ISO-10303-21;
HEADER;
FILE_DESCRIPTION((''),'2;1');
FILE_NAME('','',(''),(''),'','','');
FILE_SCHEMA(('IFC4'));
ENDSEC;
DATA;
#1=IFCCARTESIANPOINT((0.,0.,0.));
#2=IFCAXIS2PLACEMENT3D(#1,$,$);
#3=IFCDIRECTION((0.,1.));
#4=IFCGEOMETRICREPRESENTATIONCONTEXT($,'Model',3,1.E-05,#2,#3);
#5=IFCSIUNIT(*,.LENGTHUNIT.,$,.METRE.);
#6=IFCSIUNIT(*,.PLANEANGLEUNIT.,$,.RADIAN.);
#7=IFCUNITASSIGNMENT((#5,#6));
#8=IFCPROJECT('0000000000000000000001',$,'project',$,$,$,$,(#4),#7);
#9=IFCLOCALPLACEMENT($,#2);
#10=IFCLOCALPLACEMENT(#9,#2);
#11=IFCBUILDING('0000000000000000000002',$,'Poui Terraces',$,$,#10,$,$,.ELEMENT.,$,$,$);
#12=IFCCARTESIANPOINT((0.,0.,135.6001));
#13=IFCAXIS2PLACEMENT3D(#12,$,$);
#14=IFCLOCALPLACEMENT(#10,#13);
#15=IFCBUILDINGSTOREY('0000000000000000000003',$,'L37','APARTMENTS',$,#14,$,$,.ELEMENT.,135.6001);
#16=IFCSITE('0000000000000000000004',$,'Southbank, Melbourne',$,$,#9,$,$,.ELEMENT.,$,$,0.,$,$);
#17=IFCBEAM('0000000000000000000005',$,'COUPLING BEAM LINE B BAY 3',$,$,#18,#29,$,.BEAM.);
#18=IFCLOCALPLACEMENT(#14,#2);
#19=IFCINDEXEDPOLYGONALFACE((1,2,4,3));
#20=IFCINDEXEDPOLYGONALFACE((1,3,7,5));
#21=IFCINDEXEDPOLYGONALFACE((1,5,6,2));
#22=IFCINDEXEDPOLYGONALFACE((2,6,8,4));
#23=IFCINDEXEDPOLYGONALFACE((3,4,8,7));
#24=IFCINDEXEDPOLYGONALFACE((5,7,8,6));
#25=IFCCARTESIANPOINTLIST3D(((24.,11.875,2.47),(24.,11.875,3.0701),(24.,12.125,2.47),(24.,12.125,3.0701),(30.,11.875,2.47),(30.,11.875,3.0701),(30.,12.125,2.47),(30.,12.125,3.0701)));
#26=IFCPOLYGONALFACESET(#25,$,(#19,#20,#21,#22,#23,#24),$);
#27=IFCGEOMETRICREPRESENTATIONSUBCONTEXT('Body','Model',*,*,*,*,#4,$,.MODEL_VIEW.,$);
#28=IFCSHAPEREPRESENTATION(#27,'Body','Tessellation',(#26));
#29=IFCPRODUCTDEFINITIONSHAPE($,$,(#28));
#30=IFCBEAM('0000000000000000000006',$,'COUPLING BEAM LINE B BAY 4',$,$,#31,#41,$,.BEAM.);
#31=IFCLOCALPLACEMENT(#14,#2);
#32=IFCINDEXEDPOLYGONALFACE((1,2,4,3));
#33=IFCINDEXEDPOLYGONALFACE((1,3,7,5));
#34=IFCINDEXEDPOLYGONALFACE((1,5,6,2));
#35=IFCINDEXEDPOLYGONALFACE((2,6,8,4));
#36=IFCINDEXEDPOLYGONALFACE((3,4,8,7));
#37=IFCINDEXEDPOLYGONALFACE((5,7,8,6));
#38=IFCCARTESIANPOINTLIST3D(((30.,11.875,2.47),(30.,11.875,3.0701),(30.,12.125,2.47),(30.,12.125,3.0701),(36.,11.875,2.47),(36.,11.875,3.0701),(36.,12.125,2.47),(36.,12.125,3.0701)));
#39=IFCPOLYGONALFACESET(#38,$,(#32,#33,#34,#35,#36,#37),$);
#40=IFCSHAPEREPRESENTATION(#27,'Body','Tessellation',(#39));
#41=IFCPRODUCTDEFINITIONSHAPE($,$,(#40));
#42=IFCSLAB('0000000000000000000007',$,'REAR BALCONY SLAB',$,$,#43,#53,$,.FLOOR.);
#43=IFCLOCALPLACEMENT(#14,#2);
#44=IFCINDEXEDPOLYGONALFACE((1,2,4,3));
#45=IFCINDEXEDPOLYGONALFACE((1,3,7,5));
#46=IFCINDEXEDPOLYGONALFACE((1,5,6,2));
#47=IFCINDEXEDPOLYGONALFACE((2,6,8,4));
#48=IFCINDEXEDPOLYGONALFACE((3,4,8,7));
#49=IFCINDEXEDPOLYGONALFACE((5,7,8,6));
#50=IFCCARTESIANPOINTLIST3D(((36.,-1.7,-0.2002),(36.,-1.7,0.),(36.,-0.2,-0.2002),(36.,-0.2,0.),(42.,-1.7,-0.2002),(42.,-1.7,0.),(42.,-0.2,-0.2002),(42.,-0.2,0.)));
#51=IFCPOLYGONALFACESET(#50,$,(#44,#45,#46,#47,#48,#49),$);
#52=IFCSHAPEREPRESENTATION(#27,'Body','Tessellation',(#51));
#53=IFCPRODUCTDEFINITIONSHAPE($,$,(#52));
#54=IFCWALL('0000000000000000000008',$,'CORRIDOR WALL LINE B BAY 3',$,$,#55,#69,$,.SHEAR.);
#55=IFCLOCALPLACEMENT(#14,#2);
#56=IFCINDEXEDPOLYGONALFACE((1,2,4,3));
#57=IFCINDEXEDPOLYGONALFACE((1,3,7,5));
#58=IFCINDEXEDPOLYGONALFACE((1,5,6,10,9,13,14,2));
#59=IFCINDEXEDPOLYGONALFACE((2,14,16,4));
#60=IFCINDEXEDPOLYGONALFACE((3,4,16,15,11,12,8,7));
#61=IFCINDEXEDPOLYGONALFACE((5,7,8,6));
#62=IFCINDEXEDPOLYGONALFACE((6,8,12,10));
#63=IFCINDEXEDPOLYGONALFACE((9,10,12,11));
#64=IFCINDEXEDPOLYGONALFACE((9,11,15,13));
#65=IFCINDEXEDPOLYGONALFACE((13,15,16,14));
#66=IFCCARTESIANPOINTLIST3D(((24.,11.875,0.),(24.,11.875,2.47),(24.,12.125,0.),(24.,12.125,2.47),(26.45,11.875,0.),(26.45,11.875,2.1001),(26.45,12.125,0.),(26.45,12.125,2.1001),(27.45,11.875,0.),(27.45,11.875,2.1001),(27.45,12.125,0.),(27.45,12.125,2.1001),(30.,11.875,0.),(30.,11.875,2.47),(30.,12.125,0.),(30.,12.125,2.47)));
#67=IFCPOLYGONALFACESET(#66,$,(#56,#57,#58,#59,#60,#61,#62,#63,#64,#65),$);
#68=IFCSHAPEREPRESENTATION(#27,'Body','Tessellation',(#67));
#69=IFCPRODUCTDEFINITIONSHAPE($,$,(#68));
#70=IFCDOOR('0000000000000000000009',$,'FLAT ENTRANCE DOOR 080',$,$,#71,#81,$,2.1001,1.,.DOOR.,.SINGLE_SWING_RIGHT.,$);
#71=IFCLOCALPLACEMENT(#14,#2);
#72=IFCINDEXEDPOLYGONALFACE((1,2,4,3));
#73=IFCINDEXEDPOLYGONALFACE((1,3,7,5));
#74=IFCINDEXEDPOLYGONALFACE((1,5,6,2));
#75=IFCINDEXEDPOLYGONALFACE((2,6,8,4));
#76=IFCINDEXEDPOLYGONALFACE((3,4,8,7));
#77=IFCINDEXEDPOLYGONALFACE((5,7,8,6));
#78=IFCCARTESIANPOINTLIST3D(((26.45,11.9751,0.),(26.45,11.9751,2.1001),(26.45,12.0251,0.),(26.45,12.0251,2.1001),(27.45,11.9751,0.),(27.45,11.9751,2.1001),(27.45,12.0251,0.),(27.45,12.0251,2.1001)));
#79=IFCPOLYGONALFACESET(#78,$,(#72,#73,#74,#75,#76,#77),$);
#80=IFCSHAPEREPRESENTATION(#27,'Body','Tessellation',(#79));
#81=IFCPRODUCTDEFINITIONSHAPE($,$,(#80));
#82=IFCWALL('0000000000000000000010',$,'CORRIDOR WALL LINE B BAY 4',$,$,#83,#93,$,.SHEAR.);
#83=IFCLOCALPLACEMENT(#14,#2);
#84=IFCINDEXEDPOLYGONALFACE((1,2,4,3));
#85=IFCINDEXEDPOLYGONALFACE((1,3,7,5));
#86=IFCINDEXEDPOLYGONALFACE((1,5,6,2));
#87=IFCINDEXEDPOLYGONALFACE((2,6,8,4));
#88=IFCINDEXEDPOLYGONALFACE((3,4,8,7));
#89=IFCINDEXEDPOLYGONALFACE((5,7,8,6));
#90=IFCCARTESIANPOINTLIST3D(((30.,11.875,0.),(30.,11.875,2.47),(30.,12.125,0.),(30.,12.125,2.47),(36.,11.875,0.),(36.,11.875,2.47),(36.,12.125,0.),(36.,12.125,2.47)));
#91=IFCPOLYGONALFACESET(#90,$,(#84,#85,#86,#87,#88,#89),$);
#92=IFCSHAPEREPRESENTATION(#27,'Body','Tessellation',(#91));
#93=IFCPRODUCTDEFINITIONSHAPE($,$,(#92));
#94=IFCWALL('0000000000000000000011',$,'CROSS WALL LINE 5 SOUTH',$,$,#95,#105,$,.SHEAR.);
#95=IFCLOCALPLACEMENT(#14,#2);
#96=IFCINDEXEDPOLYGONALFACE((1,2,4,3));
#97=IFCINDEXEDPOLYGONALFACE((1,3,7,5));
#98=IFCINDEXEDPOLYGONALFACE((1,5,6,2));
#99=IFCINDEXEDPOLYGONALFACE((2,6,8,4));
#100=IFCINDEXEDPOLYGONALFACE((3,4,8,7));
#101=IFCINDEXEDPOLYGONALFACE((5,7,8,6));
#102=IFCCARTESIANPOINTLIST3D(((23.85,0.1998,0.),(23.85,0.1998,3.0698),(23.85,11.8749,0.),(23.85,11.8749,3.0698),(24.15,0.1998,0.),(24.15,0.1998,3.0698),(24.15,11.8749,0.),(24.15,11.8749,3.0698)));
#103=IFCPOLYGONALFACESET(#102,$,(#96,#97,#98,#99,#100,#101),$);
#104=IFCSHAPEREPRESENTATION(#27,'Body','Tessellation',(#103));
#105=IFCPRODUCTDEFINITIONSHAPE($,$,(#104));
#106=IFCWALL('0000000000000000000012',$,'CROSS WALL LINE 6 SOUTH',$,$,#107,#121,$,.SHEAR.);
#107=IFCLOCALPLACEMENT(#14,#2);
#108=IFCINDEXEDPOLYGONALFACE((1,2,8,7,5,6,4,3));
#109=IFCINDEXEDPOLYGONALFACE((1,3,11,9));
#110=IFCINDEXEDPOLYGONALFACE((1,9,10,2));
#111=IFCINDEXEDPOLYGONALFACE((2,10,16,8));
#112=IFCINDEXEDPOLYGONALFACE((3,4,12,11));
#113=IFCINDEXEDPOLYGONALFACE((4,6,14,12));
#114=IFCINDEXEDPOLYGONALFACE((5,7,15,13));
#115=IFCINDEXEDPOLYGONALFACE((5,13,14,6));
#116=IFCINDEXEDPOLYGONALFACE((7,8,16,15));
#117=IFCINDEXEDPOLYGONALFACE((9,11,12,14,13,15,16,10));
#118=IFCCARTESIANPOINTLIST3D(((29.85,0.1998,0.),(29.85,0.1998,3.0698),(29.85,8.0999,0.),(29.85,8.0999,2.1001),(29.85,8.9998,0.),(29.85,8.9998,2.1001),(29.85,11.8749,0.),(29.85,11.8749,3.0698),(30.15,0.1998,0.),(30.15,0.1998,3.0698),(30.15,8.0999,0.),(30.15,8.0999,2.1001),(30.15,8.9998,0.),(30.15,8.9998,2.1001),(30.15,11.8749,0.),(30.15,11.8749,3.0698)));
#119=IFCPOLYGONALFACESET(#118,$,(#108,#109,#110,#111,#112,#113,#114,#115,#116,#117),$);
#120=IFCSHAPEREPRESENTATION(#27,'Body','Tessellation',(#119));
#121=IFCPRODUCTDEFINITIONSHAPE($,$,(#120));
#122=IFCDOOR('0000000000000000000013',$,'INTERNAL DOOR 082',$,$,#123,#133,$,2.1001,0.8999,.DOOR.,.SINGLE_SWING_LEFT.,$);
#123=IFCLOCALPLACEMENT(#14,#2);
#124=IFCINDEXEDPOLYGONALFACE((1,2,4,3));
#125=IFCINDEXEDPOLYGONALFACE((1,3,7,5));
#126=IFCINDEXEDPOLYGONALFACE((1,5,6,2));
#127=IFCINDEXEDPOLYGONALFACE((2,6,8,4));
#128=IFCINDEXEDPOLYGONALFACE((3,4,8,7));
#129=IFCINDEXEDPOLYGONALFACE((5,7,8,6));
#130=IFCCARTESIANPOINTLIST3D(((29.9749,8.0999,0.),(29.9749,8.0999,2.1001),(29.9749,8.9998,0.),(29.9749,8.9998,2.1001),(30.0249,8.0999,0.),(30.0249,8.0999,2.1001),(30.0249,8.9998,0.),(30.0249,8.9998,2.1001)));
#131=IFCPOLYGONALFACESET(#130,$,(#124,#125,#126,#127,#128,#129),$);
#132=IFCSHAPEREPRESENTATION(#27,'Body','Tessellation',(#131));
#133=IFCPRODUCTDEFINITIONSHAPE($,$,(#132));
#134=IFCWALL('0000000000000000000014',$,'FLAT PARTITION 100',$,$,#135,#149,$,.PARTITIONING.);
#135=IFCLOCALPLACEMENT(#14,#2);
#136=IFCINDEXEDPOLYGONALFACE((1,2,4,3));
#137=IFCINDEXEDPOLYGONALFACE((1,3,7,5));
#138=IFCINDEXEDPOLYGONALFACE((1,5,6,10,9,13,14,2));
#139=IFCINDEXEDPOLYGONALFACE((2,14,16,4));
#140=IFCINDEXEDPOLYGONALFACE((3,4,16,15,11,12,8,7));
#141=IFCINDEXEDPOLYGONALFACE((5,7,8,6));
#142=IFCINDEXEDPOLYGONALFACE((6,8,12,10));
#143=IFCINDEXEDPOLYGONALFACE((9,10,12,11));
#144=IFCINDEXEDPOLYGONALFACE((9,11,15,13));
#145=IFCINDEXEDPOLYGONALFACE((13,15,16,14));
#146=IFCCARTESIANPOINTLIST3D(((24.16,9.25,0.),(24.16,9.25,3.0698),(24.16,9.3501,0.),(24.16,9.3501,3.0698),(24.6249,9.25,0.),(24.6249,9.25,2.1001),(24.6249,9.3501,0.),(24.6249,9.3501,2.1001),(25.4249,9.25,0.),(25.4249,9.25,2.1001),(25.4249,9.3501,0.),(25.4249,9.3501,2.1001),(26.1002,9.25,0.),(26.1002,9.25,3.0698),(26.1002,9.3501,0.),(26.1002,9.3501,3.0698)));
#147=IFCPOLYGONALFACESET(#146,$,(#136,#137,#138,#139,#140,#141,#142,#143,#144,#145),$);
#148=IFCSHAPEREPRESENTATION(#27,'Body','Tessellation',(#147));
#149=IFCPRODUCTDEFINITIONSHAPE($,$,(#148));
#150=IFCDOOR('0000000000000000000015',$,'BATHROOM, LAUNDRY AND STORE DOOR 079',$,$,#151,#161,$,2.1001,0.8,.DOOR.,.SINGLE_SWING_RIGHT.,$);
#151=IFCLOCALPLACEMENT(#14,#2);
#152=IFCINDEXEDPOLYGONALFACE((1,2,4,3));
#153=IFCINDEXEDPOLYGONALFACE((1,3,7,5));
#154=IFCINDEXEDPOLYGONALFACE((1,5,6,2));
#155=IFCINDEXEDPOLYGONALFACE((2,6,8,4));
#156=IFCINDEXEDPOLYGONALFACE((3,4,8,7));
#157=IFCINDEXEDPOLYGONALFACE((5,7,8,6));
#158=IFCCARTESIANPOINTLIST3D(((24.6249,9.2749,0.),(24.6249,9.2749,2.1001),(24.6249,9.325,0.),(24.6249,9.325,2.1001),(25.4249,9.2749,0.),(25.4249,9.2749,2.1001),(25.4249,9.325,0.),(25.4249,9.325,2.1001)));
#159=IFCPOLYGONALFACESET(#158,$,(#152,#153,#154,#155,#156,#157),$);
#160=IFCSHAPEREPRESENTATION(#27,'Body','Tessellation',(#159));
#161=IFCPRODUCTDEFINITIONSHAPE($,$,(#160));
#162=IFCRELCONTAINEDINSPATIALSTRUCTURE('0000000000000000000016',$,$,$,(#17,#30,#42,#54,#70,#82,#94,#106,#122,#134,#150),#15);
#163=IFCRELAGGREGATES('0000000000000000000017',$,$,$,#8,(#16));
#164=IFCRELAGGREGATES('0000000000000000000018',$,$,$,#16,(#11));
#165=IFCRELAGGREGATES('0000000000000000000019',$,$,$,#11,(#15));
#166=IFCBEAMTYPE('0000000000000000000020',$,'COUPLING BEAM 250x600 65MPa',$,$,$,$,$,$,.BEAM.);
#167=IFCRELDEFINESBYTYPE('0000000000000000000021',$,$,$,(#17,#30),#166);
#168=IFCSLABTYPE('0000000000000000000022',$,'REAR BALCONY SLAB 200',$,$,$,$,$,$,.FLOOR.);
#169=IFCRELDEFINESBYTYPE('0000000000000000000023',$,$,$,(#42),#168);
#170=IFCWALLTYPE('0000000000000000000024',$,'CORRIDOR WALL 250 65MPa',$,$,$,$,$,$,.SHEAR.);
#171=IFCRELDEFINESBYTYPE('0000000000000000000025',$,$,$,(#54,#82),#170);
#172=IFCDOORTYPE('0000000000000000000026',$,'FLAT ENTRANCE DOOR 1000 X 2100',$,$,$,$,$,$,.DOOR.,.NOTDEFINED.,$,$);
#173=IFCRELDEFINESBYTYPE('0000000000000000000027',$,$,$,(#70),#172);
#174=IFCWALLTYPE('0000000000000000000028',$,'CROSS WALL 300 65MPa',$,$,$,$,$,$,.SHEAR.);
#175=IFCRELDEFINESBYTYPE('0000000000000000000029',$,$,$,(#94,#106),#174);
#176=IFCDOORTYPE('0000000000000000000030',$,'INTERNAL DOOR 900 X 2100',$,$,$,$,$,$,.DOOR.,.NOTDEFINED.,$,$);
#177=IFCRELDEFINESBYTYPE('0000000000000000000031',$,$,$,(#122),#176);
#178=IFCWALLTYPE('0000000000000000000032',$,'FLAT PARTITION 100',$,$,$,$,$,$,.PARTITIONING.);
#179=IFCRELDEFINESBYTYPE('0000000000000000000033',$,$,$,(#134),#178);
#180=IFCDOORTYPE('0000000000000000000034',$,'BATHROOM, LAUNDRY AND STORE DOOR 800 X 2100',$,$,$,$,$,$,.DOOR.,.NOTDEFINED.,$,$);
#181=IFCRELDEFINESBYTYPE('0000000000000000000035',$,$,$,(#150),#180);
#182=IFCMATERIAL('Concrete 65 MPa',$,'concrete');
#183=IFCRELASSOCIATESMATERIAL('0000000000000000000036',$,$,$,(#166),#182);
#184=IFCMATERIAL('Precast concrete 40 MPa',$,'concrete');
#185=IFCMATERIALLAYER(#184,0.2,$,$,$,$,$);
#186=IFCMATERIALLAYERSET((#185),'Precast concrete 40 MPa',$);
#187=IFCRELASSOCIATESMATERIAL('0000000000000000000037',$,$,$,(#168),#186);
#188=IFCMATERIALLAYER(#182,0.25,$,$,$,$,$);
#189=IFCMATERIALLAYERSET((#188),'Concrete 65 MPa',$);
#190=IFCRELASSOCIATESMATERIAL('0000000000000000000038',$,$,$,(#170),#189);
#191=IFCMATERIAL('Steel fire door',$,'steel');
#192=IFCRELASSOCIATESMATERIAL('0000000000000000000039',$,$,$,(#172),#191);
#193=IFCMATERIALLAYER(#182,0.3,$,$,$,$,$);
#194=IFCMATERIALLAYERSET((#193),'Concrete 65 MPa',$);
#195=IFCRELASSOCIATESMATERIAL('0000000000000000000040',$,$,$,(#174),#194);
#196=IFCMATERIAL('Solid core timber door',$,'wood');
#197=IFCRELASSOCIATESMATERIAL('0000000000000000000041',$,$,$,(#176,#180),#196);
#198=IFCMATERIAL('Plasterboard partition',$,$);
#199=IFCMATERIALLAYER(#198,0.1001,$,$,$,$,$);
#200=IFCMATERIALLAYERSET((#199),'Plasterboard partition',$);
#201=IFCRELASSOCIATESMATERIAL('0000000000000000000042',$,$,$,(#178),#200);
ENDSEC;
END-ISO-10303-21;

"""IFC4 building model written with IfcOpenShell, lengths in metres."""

from ifc_helpers import new_model, si_unit, direction, frame, frame_2d, origin, origin_2d, place, context, subcontext, project, spatial, polyline, rectangle, outline, extrude, source, transform, mapped, material, layer, layer_set, material_profile, profile_set, type_object, element, fill, save


model = new_model("IFC4")

# Units and contexts
model_context = context("Model", 3, precision=1e-05, world=origin(), true_north=direction((0.0, 1.0)))
body_context = subcontext(model_context, "Body", "Model", "MODEL_VIEW")
ifc_project = project(units=[si_unit("LENGTHUNIT", "METRE"), si_unit("PLANEANGLEUNIT", "RADIAN")], contexts=[model_context])

# Site, building, storey
site_placement = place(None, origin())
site = spatial("IfcSite", under=ifc_project, at=site_placement, Name="Southbank, Melbourne", CompositionType="ELEMENT", RefElevation=0.0)
building_placement = place(site_placement, origin())
building = spatial("IfcBuilding", under=site, at=building_placement, Name="Poui Terraces", CompositionType="ELEMENT")
storey_placement = place(building_placement, frame((0.0, 0.0, 135.6001)))
storey = spatial("IfcBuildingStorey", under=building, at=storey_placement, Name="L37", Description="APARTMENTS", CompositionType="ELEMENT", Elevation=135.6001)

# Beams
ifc_material_1 = material(Name="Concrete 65 MPa", Category="concrete")
ifc_material_profile_1 = material_profile(ifc_material_1, rectangle(XDim=0.25, YDim=0.6001, at=origin_2d()), Name="RC 250x600")
ifc_profile_set_1 = profile_set([ifc_material_profile_1], Name="Concrete 65 MPa")
beam_type = type_object("IfcBeamType", Name="COUPLING BEAM 250x600 65MPa", PredefinedType="BEAM", material=ifc_profile_set_1)
shared_shape_1 = source(origin(), body_context, "Body", "SweptSolid", [
    extrude(rectangle(XDim=0.25, YDim=0.6001, at=origin_2d()), origin(), (0.0, 0.0, 1.0), 6.0),
])
for number, where, z_axis, x_axis, name in (
    (1, (24.0, 12.0, 2.77), (1.0, 0.0, 0.0), (0.0, 1.0, 0.0), "COUPLING BEAM LINE B BAY 3"),
    (2, (30.0, 12.0, 2.77), (1.0, 0.0, 0.0), (0.0, 1.0, 0.0), "COUPLING BEAM LINE B BAY 4"),
):
    element("IfcBeam", number, at=place(storey_placement, frame(where, z_axis=z_axis, x_axis=x_axis)), inside=storey, type_object=beam_type, Name=name, PredefinedType="BEAM", context=body_context, shape_type="MappedRepresentation", body=[
        mapped(shared_shape_1, transform((0.0, 0.0, 0.0))),
    ])

# Slab
ifc_material_2 = material(Name="Precast concrete 40 MPa", Category="concrete")
ifc_layer_1 = layer(ifc_material_2, 0.2)
ifc_layer_set_1 = layer_set([ifc_layer_1], Name="Precast concrete 40 MPa")
slab_type = type_object("IfcSlabType", Name="REAR BALCONY SLAB 200", PredefinedType="FLOOR", material=ifc_layer_set_1)
shared_shape_2 = source(origin(), body_context, "Body", "SweptSolid", [
    extrude(outline(polyline([(0.0, 0.0), (6.0, 0.0), (6.0, 1.5), (0.0, 1.5), (0.0, 0.0)])), origin(), (0.0, 0.0, 1.0), 0.2002),
])
slab_placement = place(storey_placement, frame((36.0, -1.7, -0.2002)))
element("IfcSlab", 3, at=slab_placement, inside=storey, type_object=slab_type, Name="REAR BALCONY SLAB", PredefinedType="FLOOR", context=body_context, shape_type="MappedRepresentation", body=[
    mapped(shared_shape_2, transform((0.0, 0.0, 0.0))),
])

# Wall, opening, door
ifc_layer_2 = layer(ifc_material_1, 0.25)
ifc_layer_set_2 = layer_set([ifc_layer_2], Name="Concrete 65 MPa")
wall_type_1 = type_object("IfcWallType", Name="CORRIDOR WALL 250 65MPa", PredefinedType="SHEAR", material=ifc_layer_set_2)
wall_1_placement = place(storey_placement, frame((24.0, 12.0, 0.0), z_axis=(0.0, 0.0, 1.0), x_axis=(1.0, 0.0, 0.0)))
wall_1 = element("IfcWall", 4, at=wall_1_placement, inside=storey, type_object=wall_type_1, Name="CORRIDOR WALL LINE B BAY 3", PredefinedType="SHEAR", context=body_context, shape_type="SweptSolid", body=[
    extrude(rectangle(XDim=6.0, YDim=0.25, at=frame_2d((3.0, 0.0))), origin(), (0.0, 0.0, 1.0), 2.47),
])
opening_1_placement = place(wall_1_placement, frame((2.45, 0.0, 0.0)))
opening_1 = element("IfcOpeningElement", 5, at=opening_1_placement, cuts=wall_1, PredefinedType="OPENING", context=body_context, shape_type="SweptSolid", body=[
    extrude(rectangle(XDim=1.0, YDim=2.1001, at=frame_2d((0.5, 1.05))), frame((0.0, 0.135, 0.0), z_axis=(0.0, -1.0, 0.0), x_axis=(1.0, 0.0, 0.0)), (0.0, 0.0, 1.0), 0.27),
])
ifc_material_3 = material(Name="Steel fire door", Category="steel")
door_type_1 = type_object("IfcDoorType", Name="FLAT ENTRANCE DOOR 1000 X 2100", OperationType="NOTDEFINED", PredefinedType="DOOR", material=ifc_material_3)
door_1_placement = place(opening_1_placement, frame((1.0, 0.0, 0.0), z_axis=(0.0, 0.0, 1.0), x_axis=(-1.0, 0.0, 0.0)))
door_1 = element("IfcDoor", 6, at=door_1_placement, inside=storey, type_object=door_type_1, Name="FLAT ENTRANCE DOOR 080", OperationType="SINGLE_SWING_RIGHT", OverallHeight=2.1001, OverallWidth=1.0, PredefinedType="DOOR", context=body_context, shape_type="SweptSolid", body=[
    extrude(rectangle(XDim=1.0, YDim=2.1001, at=frame_2d((0.5, 1.05))), frame((0.0, 0.0249, 0.0), z_axis=(0.0, -1.0, 0.0), x_axis=(1.0, 0.0, 0.0)), (0.0, 0.0, 1.0), 0.05),
])
fill(opening_1, door_1)

# Walls
wall_2_placement = place(storey_placement, frame((30.0, 12.0, 0.0), z_axis=(0.0, 0.0, 1.0), x_axis=(1.0, 0.0, 0.0)))
element("IfcWall", 7, at=wall_2_placement, inside=storey, type_object=wall_type_1, Name="CORRIDOR WALL LINE B BAY 4", PredefinedType="SHEAR", context=body_context, shape_type="SweptSolid", body=[
    extrude(rectangle(XDim=6.0, YDim=0.25, at=frame_2d((3.0, 0.0))), origin(), (0.0, 0.0, 1.0), 2.47),
])
ifc_layer_3 = layer(ifc_material_1, 0.3)
ifc_layer_set_3 = layer_set([ifc_layer_3], Name="Concrete 65 MPa")
wall_type_2 = type_object("IfcWallType", Name="CROSS WALL 300 65MPa", PredefinedType="SHEAR", material=ifc_layer_set_3)
wall_3_placement = place(storey_placement, frame((24.0, 0.2, 0.0), z_axis=(0.0, 0.0, 1.0), x_axis=(0.0, 1.0, 0.0)))
element("IfcWall", 8, at=wall_3_placement, inside=storey, type_object=wall_type_2, Name="CROSS WALL LINE 5 SOUTH", PredefinedType="SHEAR", context=body_context, shape_type="SweptSolid", body=[
    extrude(rectangle(XDim=11.675, YDim=0.3, at=frame_2d((5.8374, 0.0))), origin(), (0.0, 0.0, 1.0), 3.0698),
])

# Walls, openings, doors
wall_4_placement = place(storey_placement, frame((30.0, 0.2, 0.0), z_axis=(0.0, 0.0, 1.0), x_axis=(0.0, 1.0, 0.0)))
wall_4 = element("IfcWall", 9, at=wall_4_placement, inside=storey, type_object=wall_type_2, Name="CROSS WALL LINE 6 SOUTH", PredefinedType="SHEAR", context=body_context, shape_type="SweptSolid", body=[
    extrude(rectangle(XDim=11.675, YDim=0.3, at=frame_2d((5.8374, 0.0))), origin(), (0.0, 0.0, 1.0), 3.0698),
])
opening_2_placement = place(wall_4_placement, frame((7.8999, 0.0, 0.0)))
opening_2 = element("IfcOpeningElement", 10, at=opening_2_placement, cuts=wall_4, PredefinedType="OPENING", context=body_context, shape_type="SweptSolid", body=[
    extrude(rectangle(XDim=0.8999, YDim=2.1001, at=frame_2d((0.45, 1.05))), frame((0.0, 0.1602, 0.0), z_axis=(0.0, -1.0, 0.0), x_axis=(1.0, 0.0, 0.0)), (0.0, 0.0, 1.0), 0.3201),
])
ifc_material_4 = material(Name="Solid core timber door", Category="wood")
door_type_2 = type_object("IfcDoorType", Name="INTERNAL DOOR 900 X 2100", OperationType="NOTDEFINED", PredefinedType="DOOR", material=ifc_material_4)
door_2_placement = place(opening_2_placement, frame((0.8999, 0.0, 0.0), z_axis=(0.0, 0.0, 1.0), x_axis=(-1.0, 0.0, 0.0)))
door_2 = element("IfcDoor", 11, at=door_2_placement, inside=storey, type_object=door_type_2, Name="INTERNAL DOOR 082", OperationType="SINGLE_SWING_LEFT", OverallHeight=2.1001, OverallWidth=0.8999, PredefinedType="DOOR", context=body_context, shape_type="SweptSolid", body=[
    extrude(rectangle(XDim=0.8999, YDim=2.1001, at=frame_2d((0.45, 1.05))), frame((0.0, 0.0249, 0.0), z_axis=(0.0, -1.0, 0.0), x_axis=(1.0, 0.0, 0.0)), (0.0, 0.0, 1.0), 0.05),
])
fill(opening_2, door_2)
ifc_material_5 = material(Name="Plasterboard partition")
ifc_layer_4 = layer(ifc_material_5, 0.1001)
ifc_layer_set_4 = layer_set([ifc_layer_4], Name="Plasterboard partition")
wall_type_3 = type_object("IfcWallType", Name="FLAT PARTITION 100", PredefinedType="PARTITIONING", material=ifc_layer_set_4)
wall_5_placement = place(storey_placement, frame((24.1599, 9.3, 0.0), z_axis=(0.0, 0.0, 1.0), x_axis=(1.0, 0.0, 0.0)))
wall_5 = element("IfcWall", 12, at=wall_5_placement, inside=storey, type_object=wall_type_3, Name="FLAT PARTITION 100", PredefinedType="PARTITIONING", context=body_context, shape_type="SweptSolid", body=[
    extrude(rectangle(XDim=1.9402, YDim=0.1001, at=frame_2d((0.9702, 0.0))), origin(), (0.0, 0.0, 1.0), 3.0698),
])
opening_3_placement = place(wall_5_placement, frame((0.4651, 0.0, 0.0)))
opening_3 = element("IfcOpeningElement", 13, at=opening_3_placement, cuts=wall_5, PredefinedType="OPENING", context=body_context, shape_type="SweptSolid", body=[
    extrude(rectangle(XDim=0.8, YDim=2.1001, at=frame_2d((0.3999, 1.05))), frame((0.0, 0.0601, 0.0), z_axis=(0.0, -1.0, 0.0), x_axis=(1.0, 0.0, 0.0)), (0.0, 0.0, 1.0), 0.1201),
])
door_type_3 = type_object("IfcDoorType", Name="BATHROOM, LAUNDRY AND STORE DOOR 800 X 2100", OperationType="NOTDEFINED", PredefinedType="DOOR", material=ifc_material_4)
door_3_placement = place(opening_3_placement, origin())
door_3 = element("IfcDoor", 14, at=door_3_placement, inside=storey, type_object=door_type_3, Name="BATHROOM, LAUNDRY AND STORE DOOR 079", OperationType="SINGLE_SWING_RIGHT", OverallHeight=2.1001, OverallWidth=0.8, PredefinedType="DOOR", context=body_context, shape_type="SweptSolid", body=[
    extrude(rectangle(XDim=0.8, YDim=2.1001, at=frame_2d((0.3999, 1.05))), frame((0.0, 0.0249, 0.0), z_axis=(0.0, -1.0, 0.0), x_axis=(1.0, 0.0, 0.0)), (0.0, 0.0, 1.0), 0.05),
])
fill(opening_3, door_3)

save(model, "model.ifc")
